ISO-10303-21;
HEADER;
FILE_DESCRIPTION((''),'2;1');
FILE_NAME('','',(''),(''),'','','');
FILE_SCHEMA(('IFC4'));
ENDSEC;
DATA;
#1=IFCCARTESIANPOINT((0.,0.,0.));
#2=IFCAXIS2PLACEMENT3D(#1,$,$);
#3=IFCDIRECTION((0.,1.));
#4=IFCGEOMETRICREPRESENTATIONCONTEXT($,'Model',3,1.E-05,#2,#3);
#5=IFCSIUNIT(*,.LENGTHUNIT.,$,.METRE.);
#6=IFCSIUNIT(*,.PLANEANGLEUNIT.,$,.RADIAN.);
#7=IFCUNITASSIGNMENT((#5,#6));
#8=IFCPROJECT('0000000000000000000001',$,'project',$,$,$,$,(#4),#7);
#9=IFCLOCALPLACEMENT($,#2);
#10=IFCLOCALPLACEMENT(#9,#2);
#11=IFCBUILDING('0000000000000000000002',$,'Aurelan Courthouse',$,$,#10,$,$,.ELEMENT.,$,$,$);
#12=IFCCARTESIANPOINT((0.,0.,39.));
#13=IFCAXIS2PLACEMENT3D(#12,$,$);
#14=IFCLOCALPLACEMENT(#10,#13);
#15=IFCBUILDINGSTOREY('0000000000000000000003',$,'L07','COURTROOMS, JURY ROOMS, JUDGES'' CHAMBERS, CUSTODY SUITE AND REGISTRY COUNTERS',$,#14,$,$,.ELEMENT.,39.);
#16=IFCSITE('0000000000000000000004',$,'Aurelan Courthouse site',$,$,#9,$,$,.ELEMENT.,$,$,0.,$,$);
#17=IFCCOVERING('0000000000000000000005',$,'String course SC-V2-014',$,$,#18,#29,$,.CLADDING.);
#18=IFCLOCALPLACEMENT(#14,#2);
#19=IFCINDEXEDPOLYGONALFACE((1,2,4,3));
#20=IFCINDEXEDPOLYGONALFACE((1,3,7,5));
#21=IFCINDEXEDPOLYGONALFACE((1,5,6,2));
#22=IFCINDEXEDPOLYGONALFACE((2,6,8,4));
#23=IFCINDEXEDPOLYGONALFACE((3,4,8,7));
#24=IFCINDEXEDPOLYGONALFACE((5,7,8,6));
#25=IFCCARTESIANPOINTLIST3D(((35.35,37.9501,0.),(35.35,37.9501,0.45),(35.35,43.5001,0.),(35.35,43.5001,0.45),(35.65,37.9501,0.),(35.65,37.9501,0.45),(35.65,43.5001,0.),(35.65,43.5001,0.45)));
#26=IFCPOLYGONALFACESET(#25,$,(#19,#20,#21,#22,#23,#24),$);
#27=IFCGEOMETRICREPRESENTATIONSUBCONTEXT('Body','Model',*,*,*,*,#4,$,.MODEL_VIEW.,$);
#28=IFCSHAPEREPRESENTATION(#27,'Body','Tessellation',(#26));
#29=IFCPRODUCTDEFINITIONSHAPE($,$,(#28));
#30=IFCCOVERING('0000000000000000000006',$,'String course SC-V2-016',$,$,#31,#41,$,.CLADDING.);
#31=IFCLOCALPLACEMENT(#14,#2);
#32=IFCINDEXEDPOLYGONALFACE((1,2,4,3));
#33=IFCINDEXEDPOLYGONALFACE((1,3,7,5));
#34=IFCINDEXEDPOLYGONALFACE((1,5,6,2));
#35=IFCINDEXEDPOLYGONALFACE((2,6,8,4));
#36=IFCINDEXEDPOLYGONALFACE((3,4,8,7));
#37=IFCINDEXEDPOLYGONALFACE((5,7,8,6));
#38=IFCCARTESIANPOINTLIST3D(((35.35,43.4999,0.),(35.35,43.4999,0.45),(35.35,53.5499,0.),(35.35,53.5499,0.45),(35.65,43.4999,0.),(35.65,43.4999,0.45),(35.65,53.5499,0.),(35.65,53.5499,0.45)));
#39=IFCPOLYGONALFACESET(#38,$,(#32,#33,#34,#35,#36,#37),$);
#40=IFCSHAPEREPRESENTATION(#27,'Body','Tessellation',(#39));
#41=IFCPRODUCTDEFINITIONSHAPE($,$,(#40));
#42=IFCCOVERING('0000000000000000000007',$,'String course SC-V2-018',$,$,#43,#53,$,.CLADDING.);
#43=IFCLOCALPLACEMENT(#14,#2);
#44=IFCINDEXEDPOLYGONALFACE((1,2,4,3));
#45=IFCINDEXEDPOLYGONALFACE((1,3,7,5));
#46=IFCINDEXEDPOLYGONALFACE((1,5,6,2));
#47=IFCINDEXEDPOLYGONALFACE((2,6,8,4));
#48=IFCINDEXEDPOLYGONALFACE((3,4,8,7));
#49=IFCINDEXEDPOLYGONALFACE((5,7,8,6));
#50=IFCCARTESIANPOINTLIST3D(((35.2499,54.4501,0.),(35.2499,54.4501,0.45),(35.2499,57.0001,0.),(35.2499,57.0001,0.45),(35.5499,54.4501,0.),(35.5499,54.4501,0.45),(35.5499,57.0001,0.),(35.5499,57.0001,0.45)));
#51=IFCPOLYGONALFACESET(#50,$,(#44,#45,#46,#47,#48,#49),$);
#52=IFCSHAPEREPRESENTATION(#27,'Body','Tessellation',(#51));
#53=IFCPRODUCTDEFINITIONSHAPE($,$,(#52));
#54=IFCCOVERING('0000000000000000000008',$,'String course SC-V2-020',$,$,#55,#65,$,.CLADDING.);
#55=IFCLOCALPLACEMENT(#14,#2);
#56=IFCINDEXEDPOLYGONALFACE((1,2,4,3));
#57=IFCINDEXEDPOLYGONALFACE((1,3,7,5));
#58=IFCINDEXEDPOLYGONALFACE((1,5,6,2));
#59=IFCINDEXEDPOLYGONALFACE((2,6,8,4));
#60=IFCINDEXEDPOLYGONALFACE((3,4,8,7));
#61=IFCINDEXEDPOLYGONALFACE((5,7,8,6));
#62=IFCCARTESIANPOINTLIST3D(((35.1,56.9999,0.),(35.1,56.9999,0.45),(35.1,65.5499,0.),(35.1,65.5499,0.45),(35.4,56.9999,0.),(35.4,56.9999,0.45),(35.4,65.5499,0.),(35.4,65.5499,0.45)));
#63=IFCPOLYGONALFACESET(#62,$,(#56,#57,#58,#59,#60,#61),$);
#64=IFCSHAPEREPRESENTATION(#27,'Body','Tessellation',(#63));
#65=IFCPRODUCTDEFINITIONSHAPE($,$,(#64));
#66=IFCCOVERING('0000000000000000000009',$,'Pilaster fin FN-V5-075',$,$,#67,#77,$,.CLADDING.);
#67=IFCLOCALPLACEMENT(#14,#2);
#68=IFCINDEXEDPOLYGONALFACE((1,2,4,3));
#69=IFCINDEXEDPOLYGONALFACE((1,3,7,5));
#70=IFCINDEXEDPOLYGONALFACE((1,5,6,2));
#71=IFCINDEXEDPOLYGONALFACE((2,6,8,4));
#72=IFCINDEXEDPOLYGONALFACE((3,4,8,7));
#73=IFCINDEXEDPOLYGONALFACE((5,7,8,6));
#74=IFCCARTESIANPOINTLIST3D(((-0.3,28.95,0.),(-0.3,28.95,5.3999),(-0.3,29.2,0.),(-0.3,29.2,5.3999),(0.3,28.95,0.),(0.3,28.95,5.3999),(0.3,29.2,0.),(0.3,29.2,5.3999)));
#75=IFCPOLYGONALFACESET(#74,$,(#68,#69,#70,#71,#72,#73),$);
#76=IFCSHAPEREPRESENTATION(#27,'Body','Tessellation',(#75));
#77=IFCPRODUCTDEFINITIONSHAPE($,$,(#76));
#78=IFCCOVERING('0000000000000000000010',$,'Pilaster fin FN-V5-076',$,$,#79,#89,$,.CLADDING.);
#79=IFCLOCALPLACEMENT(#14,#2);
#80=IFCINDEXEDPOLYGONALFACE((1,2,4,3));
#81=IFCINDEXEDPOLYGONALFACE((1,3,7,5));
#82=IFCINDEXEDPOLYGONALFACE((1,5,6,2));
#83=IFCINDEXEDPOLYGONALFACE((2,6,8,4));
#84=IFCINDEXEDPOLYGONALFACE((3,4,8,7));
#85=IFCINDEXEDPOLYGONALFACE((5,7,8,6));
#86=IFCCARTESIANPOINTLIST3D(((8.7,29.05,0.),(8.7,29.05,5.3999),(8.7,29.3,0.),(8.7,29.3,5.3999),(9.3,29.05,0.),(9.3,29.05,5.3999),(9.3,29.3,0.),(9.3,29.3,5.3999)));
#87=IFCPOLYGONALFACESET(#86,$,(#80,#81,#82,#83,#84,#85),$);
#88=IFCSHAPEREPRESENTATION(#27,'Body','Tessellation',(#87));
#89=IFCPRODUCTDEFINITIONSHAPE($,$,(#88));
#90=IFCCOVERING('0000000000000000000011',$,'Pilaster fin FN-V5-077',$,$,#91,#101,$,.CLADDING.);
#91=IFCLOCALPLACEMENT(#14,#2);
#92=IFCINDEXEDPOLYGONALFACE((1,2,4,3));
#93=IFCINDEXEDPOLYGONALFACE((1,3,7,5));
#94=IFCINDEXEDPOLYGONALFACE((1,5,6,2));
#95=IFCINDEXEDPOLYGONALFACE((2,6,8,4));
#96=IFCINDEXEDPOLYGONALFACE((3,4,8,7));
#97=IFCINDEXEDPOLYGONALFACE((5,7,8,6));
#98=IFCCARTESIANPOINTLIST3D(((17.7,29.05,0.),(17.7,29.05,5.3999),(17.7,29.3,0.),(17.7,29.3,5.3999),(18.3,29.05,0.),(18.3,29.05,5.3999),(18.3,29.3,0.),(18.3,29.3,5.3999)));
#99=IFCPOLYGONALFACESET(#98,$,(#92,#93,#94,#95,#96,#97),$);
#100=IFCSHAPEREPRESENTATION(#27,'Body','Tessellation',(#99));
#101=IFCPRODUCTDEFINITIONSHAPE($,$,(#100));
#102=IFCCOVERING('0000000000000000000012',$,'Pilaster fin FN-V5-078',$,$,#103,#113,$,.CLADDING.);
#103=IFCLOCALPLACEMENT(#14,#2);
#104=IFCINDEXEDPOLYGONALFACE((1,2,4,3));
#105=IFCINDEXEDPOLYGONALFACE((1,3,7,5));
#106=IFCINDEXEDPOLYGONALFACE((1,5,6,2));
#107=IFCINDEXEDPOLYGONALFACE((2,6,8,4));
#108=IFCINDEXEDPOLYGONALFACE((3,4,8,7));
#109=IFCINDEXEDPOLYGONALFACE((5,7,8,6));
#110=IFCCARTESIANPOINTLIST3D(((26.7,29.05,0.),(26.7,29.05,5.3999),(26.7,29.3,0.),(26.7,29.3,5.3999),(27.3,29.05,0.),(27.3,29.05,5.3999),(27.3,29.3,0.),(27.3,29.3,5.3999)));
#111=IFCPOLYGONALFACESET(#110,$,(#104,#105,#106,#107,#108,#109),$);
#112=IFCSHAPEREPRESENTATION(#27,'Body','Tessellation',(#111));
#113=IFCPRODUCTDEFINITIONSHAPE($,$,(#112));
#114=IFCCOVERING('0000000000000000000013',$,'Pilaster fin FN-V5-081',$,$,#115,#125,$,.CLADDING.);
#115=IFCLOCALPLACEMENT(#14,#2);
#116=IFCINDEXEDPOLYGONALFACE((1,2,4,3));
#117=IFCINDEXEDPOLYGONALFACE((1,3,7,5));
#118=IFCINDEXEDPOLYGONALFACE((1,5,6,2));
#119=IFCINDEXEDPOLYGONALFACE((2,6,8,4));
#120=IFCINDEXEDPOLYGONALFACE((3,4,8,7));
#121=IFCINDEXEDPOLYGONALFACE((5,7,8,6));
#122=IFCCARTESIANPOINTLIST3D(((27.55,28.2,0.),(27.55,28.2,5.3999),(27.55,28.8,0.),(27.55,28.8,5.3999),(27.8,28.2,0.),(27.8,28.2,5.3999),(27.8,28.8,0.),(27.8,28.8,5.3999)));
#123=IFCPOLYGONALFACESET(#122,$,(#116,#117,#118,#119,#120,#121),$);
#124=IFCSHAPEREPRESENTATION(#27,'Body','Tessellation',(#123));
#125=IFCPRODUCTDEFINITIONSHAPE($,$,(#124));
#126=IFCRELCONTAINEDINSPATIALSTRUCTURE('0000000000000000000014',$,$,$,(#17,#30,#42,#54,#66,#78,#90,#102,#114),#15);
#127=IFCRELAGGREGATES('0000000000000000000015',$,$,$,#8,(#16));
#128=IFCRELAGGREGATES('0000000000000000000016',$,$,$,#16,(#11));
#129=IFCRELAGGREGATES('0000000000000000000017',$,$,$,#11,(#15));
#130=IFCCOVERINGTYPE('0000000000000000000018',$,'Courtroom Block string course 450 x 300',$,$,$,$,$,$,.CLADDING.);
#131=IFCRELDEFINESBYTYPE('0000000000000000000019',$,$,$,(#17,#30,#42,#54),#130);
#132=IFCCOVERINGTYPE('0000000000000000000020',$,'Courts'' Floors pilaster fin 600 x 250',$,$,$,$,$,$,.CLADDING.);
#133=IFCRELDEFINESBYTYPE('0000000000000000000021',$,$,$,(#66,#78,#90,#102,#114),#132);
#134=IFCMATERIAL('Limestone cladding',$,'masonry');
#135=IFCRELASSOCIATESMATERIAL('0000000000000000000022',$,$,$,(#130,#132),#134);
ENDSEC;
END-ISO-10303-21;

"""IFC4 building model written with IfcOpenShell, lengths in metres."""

from ifc_helpers import new_model, si_unit, direction, frame, origin, origin_2d, place, context, subcontext, project, spatial, rectangle, extrude, material, type_object, element, save


model = new_model("IFC4")

# Units and contexts
model_context = context("Model", 3, precision=1e-05, world=origin(), true_north=direction((0.0, 1.0)))
body_context = subcontext(model_context, "Body", "Model", "MODEL_VIEW")
ifc_project = project(units=[si_unit("LENGTHUNIT", "METRE"), si_unit("PLANEANGLEUNIT", "RADIAN")], contexts=[model_context])

# Site, building, storey
site_placement = place(None, origin())
site = spatial("IfcSite", under=ifc_project, at=site_placement, Name="Aurelan Courthouse site", CompositionType="ELEMENT", RefElevation=0.0)
building_placement = place(site_placement, origin())
building = spatial("IfcBuilding", under=site, at=building_placement, Name="Aurelan Courthouse", CompositionType="ELEMENT")
storey_placement = place(building_placement, frame((0.0, 0.0, 39.0)))
storey = spatial("IfcBuildingStorey", under=building, at=storey_placement, Name="L07", Description="COURTROOMS, JURY ROOMS, JUDGES' CHAMBERS, CUSTODY SUITE AND REGISTRY COUNTERS", CompositionType="ELEMENT", Elevation=39.0)

# Shared definitions
ifc_material_1 = material(Name="Limestone cladding", Category="masonry")

# Coverings
covering_type_1 = type_object("IfcCoveringType", Name="Courtroom Block string course 450 x 300", PredefinedType="CLADDING", material=ifc_material_1)
covering_1_placement = place(storey_placement, frame((35.5, 40.7251, 0.0), z_axis=(0.0, 0.0, 1.0), x_axis=(1.0, 0.0, 0.0)))
element("IfcCovering", 1, at=covering_1_placement, inside=storey, type_object=covering_type_1, Name="String course SC-V2-014", PredefinedType="CLADDING", context=body_context, shape_type="SweptSolid", body=[
    extrude(rectangle(XDim=0.3, YDim=5.55, at=origin_2d()), origin(), (0.0, 0.0, 1.0), 0.45),
])
covering_2_placement = place(storey_placement, frame((35.5, 48.5249, 0.0), z_axis=(0.0, 0.0, 1.0), x_axis=(1.0, 0.0, 0.0)))
element("IfcCovering", 2, at=covering_2_placement, inside=storey, type_object=covering_type_1, Name="String course SC-V2-016", PredefinedType="CLADDING", context=body_context, shape_type="SweptSolid", body=[
    extrude(rectangle(XDim=0.3, YDim=10.05, at=origin_2d()), origin(), (0.0, 0.0, 1.0), 0.45),
])
covering_3_placement = place(storey_placement, frame((35.3999, 55.7251, 0.0), z_axis=(0.0, 0.0, 1.0), x_axis=(1.0, 0.0, 0.0)))
element("IfcCovering", 3, at=covering_3_placement, inside=storey, type_object=covering_type_1, Name="String course SC-V2-018", PredefinedType="CLADDING", context=body_context, shape_type="SweptSolid", body=[
    extrude(rectangle(XDim=0.3, YDim=2.55, at=origin_2d()), origin(), (0.0, 0.0, 1.0), 0.45),
])
covering_4_placement = place(storey_placement, frame((35.25, 61.2749, 0.0), z_axis=(0.0, 0.0, 1.0), x_axis=(1.0, 0.0, 0.0)))
element("IfcCovering", 4, at=covering_4_placement, inside=storey, type_object=covering_type_1, Name="String course SC-V2-020", PredefinedType="CLADDING", context=body_context, shape_type="SweptSolid", body=[
    extrude(rectangle(XDim=0.3, YDim=8.55, at=origin_2d()), origin(), (0.0, 0.0, 1.0), 0.45),
])
covering_type_2 = type_object("IfcCoveringType", Name="Courts' Floors pilaster fin 600 x 250", PredefinedType="CLADDING", material=ifc_material_1)
for number, where, z_axis, x_axis, name in (
    (5, (0.0, 29.075, 0.0), (0.0, 0.0, 1.0), (1.0, 0.0, 0.0), "Pilaster fin FN-V5-075"),
    (6, (9.0, 29.175, 0.0), (0.0, 0.0, 1.0), (1.0, 0.0, 0.0), "Pilaster fin FN-V5-076"),
    (7, (18.0, 29.175, 0.0), (0.0, 0.0, 1.0), (1.0, 0.0, 0.0), "Pilaster fin FN-V5-077"),
    (8, (27.0, 29.175, 0.0), (0.0, 0.0, 1.0), (1.0, 0.0, 0.0), "Pilaster fin FN-V5-078"),
):
    element("IfcCovering", number, at=place(storey_placement, frame(where, z_axis=z_axis, x_axis=x_axis)), inside=storey, type_object=covering_type_2, Name=name, PredefinedType="CLADDING", context=body_context, shape_type="SweptSolid", body=[
        extrude(rectangle(XDim=0.6001, YDim=0.25, at=origin_2d()), origin(), (0.0, 0.0, 1.0), 5.3999),
    ])
covering_5_placement = place(storey_placement, frame((27.675, 28.5, 0.0), z_axis=(0.0, 0.0, 1.0), x_axis=(1.0, 0.0, 0.0)))
element("IfcCovering", 9, at=covering_5_placement, inside=storey, type_object=covering_type_2, Name="Pilaster fin FN-V5-081", PredefinedType="CLADDING", context=body_context, shape_type="SweptSolid", body=[
    extrude(rectangle(XDim=0.25, YDim=0.6001, at=origin_2d()), origin(), (0.0, 0.0, 1.0), 5.3999),
])

save(model, "model.ifc")
